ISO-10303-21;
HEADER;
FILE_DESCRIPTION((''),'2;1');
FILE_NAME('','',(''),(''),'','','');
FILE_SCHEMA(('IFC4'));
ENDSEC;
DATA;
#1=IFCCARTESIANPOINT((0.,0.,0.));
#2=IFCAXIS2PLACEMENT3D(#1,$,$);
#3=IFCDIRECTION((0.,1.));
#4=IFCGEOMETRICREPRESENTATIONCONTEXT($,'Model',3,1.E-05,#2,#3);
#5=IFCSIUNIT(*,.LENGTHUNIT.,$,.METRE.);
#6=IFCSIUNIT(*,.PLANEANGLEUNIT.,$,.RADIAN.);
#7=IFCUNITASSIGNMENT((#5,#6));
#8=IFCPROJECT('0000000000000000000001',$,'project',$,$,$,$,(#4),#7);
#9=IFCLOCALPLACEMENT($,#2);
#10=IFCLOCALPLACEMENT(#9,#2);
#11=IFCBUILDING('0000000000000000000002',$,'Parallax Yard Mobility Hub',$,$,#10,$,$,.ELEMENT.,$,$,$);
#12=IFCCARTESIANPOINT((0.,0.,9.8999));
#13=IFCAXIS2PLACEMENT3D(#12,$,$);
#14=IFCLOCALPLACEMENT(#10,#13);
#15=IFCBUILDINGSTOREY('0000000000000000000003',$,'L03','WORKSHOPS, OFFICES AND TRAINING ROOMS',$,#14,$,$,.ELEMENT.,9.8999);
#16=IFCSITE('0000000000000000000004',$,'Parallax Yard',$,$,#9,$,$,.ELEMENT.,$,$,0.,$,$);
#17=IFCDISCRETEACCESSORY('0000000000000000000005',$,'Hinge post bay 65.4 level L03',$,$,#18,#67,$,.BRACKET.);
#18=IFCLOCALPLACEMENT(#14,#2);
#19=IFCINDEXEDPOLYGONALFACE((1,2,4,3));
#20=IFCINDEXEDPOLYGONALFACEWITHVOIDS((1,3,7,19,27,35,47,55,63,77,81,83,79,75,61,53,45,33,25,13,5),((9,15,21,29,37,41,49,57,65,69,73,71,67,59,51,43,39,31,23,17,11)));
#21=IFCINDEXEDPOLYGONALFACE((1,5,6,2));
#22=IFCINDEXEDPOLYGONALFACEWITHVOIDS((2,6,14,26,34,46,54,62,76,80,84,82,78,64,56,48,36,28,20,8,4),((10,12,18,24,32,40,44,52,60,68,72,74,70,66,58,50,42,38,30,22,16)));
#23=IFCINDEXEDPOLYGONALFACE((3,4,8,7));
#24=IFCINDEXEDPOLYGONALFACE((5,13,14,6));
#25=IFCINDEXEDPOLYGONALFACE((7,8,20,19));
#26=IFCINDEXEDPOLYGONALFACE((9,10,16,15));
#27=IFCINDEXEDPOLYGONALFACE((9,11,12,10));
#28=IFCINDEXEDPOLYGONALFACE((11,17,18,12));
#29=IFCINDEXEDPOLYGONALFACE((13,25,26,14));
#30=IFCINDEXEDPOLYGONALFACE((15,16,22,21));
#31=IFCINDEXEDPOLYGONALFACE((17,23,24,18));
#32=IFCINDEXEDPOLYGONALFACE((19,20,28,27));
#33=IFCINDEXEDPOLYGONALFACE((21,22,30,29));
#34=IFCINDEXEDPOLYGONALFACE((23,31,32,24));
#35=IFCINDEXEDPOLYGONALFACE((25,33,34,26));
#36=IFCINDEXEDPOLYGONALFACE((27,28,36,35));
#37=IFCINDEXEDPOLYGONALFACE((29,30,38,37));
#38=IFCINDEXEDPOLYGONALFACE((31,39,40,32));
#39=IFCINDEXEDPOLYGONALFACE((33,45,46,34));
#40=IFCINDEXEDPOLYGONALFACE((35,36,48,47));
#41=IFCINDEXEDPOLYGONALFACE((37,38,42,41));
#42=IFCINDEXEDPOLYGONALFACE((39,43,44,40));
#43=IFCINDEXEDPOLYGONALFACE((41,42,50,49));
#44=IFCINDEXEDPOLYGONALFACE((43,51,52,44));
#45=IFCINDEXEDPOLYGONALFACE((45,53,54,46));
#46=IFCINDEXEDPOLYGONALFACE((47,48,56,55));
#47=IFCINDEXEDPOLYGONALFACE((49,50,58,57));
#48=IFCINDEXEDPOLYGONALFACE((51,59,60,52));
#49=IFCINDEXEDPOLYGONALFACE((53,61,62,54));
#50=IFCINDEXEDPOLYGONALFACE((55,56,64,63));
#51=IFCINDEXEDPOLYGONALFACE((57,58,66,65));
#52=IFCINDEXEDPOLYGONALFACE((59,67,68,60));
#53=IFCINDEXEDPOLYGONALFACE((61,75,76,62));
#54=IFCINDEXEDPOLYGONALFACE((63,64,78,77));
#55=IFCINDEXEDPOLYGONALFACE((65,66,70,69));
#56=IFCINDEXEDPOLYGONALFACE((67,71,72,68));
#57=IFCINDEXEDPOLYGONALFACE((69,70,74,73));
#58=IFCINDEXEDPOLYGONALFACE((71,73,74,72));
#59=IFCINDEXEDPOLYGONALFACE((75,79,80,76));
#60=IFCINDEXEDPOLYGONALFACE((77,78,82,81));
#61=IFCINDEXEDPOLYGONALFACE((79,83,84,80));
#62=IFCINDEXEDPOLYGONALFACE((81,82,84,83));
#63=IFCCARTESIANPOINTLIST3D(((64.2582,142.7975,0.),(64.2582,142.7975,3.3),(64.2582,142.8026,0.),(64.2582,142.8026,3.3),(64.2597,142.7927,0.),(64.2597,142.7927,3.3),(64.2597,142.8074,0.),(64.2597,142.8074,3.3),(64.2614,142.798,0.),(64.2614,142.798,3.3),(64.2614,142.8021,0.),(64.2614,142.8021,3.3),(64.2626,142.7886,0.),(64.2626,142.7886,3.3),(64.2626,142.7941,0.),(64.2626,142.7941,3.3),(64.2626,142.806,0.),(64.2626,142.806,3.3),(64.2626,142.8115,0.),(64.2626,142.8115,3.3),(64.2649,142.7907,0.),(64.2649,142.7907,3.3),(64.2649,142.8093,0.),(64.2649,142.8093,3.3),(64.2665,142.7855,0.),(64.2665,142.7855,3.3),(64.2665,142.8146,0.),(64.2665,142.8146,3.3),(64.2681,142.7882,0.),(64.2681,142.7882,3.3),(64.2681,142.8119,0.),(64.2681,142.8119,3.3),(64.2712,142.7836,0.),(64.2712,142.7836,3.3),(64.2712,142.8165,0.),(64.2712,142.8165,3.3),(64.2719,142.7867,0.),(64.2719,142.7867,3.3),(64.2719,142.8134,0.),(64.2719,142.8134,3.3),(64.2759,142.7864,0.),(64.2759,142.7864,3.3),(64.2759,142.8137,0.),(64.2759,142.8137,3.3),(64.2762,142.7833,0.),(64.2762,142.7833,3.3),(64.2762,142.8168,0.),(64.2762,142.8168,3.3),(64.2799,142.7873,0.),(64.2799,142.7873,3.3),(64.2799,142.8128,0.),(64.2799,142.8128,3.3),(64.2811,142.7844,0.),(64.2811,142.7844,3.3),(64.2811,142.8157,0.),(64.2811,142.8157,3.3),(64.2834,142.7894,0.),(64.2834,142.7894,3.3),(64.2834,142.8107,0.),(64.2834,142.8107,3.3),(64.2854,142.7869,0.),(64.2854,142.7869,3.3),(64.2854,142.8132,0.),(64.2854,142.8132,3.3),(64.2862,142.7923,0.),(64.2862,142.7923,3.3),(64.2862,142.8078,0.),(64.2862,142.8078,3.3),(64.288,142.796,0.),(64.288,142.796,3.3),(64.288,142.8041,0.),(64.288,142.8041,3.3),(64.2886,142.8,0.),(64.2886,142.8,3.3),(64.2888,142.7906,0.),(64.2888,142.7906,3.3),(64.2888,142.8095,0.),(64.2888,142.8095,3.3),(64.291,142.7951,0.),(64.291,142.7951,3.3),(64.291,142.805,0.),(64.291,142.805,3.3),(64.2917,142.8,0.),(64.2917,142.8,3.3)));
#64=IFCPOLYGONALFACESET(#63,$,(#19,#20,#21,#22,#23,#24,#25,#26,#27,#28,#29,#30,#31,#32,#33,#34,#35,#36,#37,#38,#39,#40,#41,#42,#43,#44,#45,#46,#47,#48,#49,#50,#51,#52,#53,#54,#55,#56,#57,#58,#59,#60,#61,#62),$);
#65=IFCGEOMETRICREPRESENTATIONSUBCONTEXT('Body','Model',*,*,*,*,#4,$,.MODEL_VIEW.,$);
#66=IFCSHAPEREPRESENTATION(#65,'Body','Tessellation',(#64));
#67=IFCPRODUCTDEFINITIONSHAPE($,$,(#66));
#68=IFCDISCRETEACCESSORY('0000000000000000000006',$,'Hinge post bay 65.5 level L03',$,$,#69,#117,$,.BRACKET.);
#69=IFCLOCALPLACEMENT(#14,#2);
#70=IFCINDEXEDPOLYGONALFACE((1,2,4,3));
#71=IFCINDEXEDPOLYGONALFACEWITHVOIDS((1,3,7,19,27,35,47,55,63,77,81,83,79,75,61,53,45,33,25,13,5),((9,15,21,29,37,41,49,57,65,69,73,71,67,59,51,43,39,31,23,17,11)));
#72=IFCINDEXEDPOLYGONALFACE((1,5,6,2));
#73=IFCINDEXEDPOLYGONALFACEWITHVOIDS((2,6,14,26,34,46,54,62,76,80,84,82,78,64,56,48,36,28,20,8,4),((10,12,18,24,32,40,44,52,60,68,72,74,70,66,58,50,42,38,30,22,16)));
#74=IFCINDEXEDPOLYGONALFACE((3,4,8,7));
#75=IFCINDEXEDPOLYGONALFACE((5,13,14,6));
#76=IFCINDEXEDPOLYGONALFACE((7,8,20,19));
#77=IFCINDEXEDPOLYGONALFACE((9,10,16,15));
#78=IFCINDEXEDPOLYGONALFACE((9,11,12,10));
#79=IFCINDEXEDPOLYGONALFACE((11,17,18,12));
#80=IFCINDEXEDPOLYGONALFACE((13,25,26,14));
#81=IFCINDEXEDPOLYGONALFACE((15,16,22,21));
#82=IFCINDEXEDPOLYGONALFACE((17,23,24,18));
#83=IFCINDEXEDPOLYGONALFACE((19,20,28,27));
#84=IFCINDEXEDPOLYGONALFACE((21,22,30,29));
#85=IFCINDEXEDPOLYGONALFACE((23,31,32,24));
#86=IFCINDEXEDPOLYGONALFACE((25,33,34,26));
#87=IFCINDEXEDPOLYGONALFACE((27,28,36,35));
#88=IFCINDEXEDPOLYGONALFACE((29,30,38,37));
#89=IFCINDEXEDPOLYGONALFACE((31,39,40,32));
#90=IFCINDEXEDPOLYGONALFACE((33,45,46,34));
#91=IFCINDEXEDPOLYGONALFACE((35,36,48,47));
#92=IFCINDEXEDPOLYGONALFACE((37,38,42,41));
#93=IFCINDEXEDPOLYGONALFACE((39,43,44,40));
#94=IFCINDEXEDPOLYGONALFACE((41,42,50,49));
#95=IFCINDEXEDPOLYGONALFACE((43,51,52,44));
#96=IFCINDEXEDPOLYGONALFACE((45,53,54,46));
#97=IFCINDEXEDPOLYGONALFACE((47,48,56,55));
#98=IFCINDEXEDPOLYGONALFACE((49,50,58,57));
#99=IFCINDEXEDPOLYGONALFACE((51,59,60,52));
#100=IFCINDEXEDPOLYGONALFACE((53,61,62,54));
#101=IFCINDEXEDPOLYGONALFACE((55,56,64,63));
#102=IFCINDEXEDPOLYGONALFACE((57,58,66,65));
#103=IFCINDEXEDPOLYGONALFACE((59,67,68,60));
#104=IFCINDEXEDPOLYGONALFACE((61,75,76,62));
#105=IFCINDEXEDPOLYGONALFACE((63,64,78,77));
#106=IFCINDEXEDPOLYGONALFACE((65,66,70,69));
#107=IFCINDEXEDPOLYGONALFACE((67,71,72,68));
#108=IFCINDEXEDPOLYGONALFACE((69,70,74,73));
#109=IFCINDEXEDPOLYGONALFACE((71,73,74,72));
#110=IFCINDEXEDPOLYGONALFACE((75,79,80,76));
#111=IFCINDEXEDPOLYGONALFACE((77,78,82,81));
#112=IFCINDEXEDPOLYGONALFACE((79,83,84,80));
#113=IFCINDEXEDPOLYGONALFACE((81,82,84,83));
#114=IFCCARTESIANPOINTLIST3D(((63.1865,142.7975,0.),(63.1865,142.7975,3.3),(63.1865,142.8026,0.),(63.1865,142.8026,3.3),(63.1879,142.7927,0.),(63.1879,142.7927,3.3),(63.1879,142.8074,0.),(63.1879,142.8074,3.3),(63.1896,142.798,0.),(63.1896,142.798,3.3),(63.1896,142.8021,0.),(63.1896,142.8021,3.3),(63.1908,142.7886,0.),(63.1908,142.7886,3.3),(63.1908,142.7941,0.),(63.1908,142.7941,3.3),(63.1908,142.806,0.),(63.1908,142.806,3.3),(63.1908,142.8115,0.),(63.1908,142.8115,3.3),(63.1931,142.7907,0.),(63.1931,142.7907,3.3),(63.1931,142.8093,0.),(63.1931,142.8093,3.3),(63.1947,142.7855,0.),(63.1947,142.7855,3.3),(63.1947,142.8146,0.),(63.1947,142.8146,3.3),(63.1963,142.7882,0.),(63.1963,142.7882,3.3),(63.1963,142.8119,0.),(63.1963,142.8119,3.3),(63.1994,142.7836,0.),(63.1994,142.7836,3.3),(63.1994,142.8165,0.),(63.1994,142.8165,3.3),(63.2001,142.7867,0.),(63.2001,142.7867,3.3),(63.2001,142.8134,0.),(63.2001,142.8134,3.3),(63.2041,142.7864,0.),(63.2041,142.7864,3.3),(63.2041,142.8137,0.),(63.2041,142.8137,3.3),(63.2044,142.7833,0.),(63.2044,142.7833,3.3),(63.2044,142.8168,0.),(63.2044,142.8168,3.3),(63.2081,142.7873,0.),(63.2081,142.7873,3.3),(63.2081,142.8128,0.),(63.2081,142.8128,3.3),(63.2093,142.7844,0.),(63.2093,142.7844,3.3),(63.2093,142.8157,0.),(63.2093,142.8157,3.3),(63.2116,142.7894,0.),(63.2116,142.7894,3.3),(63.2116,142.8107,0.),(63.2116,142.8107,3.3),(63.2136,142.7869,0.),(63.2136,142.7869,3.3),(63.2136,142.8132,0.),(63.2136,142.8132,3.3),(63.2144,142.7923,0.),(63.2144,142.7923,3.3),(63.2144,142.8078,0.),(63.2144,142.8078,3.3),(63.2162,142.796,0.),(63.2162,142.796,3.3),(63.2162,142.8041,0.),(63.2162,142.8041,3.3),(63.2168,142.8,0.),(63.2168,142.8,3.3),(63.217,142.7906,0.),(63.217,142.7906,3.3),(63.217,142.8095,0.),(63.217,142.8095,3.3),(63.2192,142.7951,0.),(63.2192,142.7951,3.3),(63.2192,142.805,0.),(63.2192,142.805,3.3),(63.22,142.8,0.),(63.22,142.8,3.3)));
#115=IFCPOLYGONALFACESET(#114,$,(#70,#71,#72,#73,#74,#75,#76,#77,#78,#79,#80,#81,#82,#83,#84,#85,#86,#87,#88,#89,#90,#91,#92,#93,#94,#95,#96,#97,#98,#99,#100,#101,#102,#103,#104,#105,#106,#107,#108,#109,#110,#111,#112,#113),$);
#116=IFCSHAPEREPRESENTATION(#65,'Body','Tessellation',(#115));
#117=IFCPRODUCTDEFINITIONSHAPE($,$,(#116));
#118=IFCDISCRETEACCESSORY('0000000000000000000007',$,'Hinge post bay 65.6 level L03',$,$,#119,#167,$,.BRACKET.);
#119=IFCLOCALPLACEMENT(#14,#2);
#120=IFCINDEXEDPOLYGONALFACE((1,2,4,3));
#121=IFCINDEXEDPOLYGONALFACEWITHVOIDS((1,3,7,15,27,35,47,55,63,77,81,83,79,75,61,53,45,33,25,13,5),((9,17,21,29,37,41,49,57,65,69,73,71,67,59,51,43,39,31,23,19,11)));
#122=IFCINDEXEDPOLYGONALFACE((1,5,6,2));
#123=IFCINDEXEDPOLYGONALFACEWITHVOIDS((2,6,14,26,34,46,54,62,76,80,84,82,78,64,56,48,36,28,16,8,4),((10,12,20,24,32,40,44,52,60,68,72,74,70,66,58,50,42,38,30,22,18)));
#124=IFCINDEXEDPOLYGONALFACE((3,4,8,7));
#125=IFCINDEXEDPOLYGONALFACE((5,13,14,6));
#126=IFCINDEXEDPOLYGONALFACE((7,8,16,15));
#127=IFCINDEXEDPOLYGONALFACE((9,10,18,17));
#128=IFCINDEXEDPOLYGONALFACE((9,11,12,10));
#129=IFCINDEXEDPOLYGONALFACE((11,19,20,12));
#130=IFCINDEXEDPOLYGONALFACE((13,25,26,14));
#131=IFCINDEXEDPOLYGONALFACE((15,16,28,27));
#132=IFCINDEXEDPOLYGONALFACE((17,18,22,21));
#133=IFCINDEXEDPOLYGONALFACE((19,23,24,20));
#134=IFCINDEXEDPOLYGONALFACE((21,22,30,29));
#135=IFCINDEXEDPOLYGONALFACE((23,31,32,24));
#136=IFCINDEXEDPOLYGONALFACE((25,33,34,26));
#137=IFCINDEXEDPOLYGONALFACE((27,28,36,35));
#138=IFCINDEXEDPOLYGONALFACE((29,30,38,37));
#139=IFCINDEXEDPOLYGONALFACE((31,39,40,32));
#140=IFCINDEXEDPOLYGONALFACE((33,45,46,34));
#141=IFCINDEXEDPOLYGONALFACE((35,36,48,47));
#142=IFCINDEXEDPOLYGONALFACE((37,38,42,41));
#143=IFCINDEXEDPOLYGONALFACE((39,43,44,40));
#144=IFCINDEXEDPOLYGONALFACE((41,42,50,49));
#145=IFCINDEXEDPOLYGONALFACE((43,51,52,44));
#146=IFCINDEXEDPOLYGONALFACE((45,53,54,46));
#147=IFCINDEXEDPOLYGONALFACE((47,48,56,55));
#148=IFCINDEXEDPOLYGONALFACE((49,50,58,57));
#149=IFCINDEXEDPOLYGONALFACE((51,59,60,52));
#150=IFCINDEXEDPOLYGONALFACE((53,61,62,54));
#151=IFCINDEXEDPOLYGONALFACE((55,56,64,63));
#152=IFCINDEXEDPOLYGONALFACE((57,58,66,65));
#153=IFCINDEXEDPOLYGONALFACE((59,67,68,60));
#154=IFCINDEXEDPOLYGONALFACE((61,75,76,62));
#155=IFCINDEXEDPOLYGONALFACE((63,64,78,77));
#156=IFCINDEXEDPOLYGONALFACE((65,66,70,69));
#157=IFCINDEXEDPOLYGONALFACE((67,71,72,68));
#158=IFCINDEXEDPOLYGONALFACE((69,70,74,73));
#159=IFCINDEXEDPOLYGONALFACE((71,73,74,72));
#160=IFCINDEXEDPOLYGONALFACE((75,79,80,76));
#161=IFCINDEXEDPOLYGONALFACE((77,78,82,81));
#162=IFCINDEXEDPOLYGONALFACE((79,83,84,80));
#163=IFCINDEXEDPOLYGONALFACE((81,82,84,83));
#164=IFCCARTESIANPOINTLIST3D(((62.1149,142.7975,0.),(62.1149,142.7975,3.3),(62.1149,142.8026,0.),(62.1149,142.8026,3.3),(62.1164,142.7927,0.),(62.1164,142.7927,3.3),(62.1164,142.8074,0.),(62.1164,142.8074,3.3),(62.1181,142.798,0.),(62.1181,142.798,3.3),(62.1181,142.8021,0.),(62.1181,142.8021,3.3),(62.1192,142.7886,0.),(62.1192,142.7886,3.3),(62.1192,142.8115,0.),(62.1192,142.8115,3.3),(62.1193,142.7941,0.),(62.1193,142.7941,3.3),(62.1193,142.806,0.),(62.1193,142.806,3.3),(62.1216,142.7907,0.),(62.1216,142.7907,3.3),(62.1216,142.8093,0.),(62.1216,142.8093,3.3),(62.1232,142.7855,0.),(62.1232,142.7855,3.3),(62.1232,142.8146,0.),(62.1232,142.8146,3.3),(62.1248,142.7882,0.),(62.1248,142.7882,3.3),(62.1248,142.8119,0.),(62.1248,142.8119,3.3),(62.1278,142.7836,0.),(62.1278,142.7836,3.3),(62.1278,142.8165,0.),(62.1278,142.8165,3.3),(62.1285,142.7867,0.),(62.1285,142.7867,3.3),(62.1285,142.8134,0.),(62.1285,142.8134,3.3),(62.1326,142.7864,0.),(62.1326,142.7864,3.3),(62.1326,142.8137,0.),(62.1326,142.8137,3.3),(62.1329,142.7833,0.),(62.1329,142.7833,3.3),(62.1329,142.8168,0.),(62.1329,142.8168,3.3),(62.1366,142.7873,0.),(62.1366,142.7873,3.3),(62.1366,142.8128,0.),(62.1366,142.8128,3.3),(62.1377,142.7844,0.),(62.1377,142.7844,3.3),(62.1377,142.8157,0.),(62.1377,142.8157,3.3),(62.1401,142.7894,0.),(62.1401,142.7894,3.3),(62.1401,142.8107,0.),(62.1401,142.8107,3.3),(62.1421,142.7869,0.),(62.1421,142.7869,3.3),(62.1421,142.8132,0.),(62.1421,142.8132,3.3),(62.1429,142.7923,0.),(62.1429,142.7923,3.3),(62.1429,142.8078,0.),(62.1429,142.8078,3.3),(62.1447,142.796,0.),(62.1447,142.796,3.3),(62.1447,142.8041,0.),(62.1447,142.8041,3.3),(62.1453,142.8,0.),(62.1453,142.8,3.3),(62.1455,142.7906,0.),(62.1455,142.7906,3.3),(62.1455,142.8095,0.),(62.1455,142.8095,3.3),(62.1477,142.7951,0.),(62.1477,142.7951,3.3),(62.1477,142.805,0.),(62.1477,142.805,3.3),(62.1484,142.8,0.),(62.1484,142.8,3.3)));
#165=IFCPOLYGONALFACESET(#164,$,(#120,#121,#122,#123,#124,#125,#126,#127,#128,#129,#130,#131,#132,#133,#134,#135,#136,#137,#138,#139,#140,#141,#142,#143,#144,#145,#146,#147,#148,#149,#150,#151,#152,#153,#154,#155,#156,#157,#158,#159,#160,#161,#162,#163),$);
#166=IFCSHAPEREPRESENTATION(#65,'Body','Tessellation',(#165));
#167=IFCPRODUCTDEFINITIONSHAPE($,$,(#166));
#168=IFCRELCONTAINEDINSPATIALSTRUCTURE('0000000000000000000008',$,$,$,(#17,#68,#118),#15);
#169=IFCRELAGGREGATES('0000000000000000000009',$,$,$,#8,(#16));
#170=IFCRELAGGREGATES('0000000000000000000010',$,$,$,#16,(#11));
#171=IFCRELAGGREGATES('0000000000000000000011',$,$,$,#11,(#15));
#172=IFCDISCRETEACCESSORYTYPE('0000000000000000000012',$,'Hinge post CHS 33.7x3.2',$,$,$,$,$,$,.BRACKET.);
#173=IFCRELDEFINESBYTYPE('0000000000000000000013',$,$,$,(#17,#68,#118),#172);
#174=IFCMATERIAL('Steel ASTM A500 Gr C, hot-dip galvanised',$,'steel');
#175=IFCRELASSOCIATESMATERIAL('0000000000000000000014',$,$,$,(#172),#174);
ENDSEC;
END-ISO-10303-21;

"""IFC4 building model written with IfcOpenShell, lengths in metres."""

from ifc_helpers import new_model, si_unit, direction, frame, origin, origin_2d, place, context, subcontext, project, spatial, hollow_circle, extrude, material, material_profile, profile_set, type_object, element, save


model = new_model("IFC4")

# Units and contexts
model_context = context("Model", 3, precision=1e-05, world=origin(), true_north=direction((0.0, 1.0)))
body_context = subcontext(model_context, "Body", "Model", "MODEL_VIEW")
ifc_project = project(units=[si_unit("LENGTHUNIT", "METRE"), si_unit("PLANEANGLEUNIT", "RADIAN")], contexts=[model_context])

# Site, building, storey
site_placement = place(None, origin())
site = spatial("IfcSite", under=ifc_project, at=site_placement, Name="Parallax Yard", CompositionType="ELEMENT", RefElevation=0.0)
building_placement = place(site_placement, origin())
building = spatial("IfcBuilding", under=site, at=building_placement, Name="Parallax Yard Mobility Hub", CompositionType="ELEMENT")
storey_placement = place(building_placement, frame((0.0, 0.0, 9.8999)))
storey = spatial("IfcBuildingStorey", under=building, at=storey_placement, Name="L03", Description="WORKSHOPS, OFFICES AND TRAINING ROOMS", CompositionType="ELEMENT", Elevation=9.8999)

# Discrete accessories
ifc_material_1 = material(Name="Steel ASTM A500 Gr C, hot-dip galvanised", Category="steel")
ifc_material_profile = material_profile(ifc_material_1, hollow_circle(Radius=0.0168, WallThickness=0.0032, at=origin_2d()), Name="CHS 33.7x3.2")
ifc_profile_set = profile_set([ifc_material_profile], Name="Steel ASTM A500 Gr C, hot-dip galvanised")
discrete_accessory_type_1 = type_object("IfcDiscreteAccessoryType", Name="Hinge post CHS 33.7x3.2", PredefinedType="BRACKET", material=ifc_profile_set)
for number, where, z_axis, x_axis, name in (
    (1, (64.2749, 142.8, 0.0), (0.0, 0.0, 1.0), (1.0, 0.0, 0.0), "Hinge post bay 65.4 level L03"),
    (2, (63.2031, 142.8, 0.0), (0.0, 0.0, 1.0), (1.0, 0.0, 0.0), "Hinge post bay 65.5 level L03"),
    (3, (62.1316, 142.8, 0.0), (0.0, 0.0, 1.0), (1.0, 0.0, 0.0), "Hinge post bay 65.6 level L03"),
):
    element("IfcDiscreteAccessory", number, at=place(storey_placement, frame(where, z_axis=z_axis, x_axis=x_axis)), inside=storey, type_object=discrete_accessory_type_1, Name=name, PredefinedType="BRACKET", context=body_context, shape_type="SweptSolid", body=[
        extrude(hollow_circle(Radius=0.0168, WallThickness=0.0032, at=origin_2d()), origin(), (0.0, 0.0, 1.0), 3.3),
    ])

save(model, "model.ifc")
